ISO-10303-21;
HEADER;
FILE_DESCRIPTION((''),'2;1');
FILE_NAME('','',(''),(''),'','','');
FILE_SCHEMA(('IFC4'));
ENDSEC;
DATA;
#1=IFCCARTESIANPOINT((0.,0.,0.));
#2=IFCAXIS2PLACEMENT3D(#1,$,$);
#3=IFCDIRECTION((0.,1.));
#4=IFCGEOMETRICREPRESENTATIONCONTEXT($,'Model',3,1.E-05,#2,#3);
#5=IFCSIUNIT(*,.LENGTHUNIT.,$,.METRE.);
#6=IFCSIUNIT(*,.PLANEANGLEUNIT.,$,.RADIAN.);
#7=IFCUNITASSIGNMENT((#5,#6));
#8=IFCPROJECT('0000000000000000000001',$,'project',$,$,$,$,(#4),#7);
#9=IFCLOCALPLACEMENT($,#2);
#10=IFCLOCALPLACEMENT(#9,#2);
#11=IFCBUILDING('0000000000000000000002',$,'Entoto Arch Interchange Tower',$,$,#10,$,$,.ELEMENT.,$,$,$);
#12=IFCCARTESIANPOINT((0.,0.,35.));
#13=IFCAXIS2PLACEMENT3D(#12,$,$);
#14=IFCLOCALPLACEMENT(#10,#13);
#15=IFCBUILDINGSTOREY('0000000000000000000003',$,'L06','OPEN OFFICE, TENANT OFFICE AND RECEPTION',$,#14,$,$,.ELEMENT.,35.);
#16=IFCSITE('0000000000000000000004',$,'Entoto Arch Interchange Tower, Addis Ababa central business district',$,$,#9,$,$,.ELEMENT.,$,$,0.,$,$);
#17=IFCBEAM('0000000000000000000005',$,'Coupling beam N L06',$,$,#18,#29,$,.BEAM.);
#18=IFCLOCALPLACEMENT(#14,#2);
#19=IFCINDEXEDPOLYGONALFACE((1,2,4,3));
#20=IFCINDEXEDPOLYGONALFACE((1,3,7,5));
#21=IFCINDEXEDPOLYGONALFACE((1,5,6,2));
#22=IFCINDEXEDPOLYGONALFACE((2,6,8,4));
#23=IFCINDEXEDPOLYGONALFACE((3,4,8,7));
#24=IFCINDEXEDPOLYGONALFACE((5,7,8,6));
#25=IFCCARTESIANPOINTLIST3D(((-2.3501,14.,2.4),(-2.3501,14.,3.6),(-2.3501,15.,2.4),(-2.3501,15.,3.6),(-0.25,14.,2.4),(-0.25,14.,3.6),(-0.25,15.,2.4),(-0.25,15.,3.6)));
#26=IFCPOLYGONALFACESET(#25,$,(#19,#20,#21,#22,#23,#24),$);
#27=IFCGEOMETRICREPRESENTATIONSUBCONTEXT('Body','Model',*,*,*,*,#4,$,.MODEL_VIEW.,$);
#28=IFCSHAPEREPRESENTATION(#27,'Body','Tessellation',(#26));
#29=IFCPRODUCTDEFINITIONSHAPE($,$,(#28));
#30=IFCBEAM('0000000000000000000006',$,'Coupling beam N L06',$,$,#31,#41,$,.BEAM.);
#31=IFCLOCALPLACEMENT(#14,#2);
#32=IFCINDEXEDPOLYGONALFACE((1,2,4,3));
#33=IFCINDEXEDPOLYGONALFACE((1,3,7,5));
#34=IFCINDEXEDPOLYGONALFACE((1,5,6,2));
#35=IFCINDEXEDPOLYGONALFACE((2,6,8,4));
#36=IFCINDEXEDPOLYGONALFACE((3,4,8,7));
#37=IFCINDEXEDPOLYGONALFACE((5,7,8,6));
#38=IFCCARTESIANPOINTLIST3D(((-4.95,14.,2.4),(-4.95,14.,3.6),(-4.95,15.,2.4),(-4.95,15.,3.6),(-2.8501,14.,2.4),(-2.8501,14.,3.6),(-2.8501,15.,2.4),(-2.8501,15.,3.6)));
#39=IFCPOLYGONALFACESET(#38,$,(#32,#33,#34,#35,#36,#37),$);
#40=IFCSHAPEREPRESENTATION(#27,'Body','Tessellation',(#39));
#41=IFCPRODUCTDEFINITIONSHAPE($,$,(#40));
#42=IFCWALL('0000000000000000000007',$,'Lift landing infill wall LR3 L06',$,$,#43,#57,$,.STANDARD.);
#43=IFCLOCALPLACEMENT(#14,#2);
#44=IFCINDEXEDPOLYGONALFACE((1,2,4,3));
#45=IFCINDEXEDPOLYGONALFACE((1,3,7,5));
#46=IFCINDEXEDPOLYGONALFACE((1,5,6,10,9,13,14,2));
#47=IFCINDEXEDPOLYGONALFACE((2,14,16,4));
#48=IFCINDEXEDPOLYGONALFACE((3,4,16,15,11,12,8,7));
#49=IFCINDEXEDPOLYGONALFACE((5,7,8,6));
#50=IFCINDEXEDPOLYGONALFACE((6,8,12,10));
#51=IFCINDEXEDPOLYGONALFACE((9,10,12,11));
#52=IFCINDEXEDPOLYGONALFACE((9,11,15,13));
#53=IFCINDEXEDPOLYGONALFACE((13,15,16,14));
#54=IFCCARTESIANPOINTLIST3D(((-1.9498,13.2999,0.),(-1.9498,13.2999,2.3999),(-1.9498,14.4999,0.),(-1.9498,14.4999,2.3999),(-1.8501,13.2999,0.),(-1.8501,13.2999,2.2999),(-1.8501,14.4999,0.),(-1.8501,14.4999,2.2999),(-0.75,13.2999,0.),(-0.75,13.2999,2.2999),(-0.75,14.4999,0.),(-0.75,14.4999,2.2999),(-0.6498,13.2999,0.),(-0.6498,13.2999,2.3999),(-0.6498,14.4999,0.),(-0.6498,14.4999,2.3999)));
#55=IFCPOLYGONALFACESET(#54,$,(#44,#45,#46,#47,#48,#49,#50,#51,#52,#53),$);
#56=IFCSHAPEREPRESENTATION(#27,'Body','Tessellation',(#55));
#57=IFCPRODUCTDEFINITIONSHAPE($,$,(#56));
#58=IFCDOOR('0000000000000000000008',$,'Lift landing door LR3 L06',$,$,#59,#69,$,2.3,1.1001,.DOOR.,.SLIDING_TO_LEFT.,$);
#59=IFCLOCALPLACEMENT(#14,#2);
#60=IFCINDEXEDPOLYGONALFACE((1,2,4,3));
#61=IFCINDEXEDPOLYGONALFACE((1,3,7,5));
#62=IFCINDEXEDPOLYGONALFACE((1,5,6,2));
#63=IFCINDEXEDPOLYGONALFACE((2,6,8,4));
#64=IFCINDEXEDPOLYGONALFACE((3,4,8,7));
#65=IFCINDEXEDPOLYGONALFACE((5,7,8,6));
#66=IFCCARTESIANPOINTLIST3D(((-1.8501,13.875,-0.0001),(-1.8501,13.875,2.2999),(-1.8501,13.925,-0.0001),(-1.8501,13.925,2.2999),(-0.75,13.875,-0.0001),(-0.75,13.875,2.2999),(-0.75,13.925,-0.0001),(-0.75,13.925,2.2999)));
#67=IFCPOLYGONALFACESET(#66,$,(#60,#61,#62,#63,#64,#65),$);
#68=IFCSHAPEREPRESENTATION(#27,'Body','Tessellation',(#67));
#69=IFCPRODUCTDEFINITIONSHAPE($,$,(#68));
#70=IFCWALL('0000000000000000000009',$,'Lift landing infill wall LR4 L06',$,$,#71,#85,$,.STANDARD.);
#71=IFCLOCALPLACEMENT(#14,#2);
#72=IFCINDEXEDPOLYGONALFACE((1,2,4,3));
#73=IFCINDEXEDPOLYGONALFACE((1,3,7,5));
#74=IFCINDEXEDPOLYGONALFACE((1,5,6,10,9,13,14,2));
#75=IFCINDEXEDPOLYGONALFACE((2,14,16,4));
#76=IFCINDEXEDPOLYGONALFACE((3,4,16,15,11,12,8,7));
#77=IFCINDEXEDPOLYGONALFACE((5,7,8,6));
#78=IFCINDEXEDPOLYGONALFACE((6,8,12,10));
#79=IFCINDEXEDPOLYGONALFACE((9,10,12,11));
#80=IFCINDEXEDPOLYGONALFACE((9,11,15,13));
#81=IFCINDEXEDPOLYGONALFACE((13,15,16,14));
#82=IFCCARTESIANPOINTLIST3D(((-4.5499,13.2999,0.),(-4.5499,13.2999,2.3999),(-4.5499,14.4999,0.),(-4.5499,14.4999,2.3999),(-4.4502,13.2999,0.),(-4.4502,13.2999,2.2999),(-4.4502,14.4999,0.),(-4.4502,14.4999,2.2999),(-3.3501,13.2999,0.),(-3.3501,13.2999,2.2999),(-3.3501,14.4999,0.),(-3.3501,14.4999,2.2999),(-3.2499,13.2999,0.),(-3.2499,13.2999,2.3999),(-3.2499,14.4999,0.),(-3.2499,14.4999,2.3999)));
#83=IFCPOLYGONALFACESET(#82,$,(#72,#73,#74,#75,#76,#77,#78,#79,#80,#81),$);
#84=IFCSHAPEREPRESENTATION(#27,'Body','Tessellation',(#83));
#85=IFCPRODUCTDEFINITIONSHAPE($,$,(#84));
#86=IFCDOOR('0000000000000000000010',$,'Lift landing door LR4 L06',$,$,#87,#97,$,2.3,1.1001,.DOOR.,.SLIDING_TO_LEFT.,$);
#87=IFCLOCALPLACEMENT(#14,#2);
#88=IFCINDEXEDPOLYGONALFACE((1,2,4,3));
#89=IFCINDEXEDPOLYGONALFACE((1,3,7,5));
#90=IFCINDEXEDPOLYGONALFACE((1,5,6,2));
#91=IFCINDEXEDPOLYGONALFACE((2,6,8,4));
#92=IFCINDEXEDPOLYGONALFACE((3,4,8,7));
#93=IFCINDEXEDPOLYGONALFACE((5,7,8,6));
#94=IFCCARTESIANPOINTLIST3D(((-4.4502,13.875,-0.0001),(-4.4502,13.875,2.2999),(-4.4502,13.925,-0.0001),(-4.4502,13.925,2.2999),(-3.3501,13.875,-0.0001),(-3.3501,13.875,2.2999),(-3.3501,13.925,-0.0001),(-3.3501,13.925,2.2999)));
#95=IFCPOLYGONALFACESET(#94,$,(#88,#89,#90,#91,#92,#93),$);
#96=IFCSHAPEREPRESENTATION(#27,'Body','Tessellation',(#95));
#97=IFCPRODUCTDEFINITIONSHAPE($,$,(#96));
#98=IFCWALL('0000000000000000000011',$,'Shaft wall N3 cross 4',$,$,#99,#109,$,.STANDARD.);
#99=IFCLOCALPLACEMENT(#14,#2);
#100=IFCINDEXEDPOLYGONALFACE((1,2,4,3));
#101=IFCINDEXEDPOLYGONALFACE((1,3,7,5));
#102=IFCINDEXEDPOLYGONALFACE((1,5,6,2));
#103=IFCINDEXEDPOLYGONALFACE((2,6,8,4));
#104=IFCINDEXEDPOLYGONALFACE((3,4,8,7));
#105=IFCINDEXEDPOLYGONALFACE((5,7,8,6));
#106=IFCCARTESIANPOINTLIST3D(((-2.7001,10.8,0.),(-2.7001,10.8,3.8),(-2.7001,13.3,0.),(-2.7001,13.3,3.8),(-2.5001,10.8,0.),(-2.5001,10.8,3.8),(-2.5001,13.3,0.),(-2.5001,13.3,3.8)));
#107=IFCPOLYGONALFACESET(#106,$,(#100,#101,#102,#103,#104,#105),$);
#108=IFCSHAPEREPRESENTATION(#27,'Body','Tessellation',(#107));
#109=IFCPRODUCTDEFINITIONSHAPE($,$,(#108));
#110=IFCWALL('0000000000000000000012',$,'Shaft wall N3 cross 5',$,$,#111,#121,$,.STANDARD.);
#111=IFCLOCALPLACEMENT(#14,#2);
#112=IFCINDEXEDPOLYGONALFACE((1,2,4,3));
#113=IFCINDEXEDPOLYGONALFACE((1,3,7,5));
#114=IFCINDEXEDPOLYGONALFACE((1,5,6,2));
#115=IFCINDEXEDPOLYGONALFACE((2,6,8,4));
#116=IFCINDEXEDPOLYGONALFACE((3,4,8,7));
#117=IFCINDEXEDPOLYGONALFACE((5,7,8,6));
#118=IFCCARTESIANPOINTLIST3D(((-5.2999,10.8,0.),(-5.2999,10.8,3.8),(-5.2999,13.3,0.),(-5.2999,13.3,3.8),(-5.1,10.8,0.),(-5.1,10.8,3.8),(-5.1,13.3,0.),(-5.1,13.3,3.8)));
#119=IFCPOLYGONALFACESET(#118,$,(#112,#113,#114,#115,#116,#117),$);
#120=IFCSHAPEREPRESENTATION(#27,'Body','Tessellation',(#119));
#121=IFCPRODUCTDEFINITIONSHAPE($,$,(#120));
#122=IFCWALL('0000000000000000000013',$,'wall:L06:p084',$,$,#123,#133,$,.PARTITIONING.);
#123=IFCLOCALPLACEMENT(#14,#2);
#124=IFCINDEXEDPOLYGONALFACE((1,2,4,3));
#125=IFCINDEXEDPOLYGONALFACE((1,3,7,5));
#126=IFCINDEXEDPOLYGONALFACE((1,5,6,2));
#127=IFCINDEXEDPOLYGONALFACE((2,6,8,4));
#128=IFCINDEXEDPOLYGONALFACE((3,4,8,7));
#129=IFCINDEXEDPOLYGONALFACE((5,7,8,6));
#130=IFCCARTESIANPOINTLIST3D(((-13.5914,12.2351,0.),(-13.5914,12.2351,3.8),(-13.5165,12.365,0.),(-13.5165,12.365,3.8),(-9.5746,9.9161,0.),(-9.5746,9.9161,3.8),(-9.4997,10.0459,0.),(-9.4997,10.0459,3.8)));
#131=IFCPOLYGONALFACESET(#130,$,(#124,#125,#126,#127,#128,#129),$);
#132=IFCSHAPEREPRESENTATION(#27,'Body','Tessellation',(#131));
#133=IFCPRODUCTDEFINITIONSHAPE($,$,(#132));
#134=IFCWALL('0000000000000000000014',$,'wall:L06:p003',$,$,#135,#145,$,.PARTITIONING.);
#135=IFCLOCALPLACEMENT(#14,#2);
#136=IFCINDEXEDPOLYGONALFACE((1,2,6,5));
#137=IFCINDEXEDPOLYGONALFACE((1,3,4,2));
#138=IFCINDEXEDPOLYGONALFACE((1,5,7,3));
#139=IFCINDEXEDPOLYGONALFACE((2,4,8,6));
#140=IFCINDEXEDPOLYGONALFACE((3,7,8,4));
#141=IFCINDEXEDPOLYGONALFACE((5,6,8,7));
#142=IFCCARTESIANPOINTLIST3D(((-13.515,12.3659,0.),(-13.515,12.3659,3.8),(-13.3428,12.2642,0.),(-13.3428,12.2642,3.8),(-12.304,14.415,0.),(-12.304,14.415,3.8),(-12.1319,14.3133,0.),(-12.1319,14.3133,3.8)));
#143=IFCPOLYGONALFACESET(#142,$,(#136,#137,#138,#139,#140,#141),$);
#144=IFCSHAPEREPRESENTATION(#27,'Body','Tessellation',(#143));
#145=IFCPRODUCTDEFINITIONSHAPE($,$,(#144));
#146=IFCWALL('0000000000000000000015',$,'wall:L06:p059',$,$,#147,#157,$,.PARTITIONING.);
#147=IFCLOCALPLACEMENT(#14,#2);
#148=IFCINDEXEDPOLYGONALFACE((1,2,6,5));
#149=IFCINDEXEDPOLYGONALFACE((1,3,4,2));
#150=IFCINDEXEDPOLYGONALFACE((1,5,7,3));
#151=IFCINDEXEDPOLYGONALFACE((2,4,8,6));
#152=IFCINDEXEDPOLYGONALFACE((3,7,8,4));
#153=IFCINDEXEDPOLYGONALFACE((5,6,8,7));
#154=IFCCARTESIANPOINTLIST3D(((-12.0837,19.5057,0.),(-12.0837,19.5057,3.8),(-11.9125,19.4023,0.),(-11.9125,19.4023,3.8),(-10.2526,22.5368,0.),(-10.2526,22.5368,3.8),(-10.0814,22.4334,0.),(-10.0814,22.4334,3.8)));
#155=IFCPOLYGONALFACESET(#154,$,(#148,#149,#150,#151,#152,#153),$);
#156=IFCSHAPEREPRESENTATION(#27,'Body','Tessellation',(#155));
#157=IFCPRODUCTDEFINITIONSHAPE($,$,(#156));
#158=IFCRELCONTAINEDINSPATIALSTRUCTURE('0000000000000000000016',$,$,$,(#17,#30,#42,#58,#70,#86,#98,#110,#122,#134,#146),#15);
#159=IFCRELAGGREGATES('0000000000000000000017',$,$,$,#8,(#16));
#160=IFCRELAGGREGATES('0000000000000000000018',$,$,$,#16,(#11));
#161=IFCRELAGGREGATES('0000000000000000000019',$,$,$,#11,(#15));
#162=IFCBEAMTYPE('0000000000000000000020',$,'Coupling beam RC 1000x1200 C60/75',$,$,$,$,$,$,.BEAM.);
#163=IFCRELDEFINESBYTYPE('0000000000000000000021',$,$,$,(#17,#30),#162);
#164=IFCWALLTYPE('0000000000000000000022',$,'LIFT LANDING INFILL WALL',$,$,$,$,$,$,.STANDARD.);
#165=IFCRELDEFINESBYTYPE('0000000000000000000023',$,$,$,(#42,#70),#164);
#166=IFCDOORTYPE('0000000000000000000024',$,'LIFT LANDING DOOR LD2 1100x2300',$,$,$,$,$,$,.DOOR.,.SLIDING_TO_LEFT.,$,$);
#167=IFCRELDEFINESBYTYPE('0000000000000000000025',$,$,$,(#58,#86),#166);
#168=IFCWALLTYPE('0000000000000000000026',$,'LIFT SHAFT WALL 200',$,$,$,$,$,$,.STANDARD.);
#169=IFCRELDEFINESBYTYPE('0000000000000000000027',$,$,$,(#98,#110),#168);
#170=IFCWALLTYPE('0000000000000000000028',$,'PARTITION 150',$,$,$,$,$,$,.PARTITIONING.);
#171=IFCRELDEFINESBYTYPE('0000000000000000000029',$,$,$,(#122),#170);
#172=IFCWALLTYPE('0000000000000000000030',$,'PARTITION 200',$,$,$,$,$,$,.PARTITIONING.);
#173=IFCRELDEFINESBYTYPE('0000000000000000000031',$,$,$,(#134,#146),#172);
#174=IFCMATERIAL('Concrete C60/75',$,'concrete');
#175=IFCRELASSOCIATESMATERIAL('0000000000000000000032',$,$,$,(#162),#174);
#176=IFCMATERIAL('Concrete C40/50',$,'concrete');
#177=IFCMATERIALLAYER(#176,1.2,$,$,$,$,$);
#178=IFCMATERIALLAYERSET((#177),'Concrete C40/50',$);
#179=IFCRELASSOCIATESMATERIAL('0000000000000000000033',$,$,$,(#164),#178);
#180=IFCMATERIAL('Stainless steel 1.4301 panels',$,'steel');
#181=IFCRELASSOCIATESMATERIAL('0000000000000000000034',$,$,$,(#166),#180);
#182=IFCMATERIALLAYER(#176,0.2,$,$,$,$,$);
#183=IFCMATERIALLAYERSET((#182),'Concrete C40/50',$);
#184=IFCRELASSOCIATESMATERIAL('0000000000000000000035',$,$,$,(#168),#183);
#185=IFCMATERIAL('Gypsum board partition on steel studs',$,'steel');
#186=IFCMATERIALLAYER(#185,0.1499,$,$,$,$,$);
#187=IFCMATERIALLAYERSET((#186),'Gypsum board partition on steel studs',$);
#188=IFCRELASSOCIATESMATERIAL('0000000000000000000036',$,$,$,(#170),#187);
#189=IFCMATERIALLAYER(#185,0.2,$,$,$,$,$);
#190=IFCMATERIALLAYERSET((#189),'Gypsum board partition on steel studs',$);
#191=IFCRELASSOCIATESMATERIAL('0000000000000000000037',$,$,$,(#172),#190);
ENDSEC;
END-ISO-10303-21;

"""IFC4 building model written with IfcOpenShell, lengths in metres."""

from ifc_helpers import new_model, si_unit, direction, frame, frame_2d, origin, origin_2d, place, context, subcontext, project, spatial, rectangle, extrude, material, layer, layer_set, material_profile, profile_set, type_object, element, fill, save


model = new_model("IFC4")

# Units and contexts
model_context = context("Model", 3, precision=1e-05, world=origin(), true_north=direction((0.0, 1.0)))
body_context = subcontext(model_context, "Body", "Model", "MODEL_VIEW")
ifc_project = project(units=[si_unit("LENGTHUNIT", "METRE"), si_unit("PLANEANGLEUNIT", "RADIAN")], contexts=[model_context])

# Site, building, storey
site_placement = place(None, origin())
site = spatial("IfcSite", under=ifc_project, at=site_placement, Name="Entoto Arch Interchange Tower, Addis Ababa central business district", CompositionType="ELEMENT", RefElevation=0.0)
building_placement = place(site_placement, origin())
building = spatial("IfcBuilding", under=site, at=building_placement, Name="Entoto Arch Interchange Tower", CompositionType="ELEMENT")
storey_placement = place(building_placement, frame((0.0, 0.0, 35.0)))
storey = spatial("IfcBuildingStorey", under=building, at=storey_placement, Name="L06", Description="OPEN OFFICE, TENANT OFFICE AND RECEPTION", CompositionType="ELEMENT", Elevation=35.0)

# Beams
ifc_material_1 = material(Name="Concrete C60/75", Category="concrete")
ifc_material_profile = material_profile(ifc_material_1, rectangle(XDim=1.0, YDim=1.2, at=origin_2d()))
ifc_profile_set = profile_set([ifc_material_profile], Name="Concrete C60/75")
beam_type = type_object("IfcBeamType", Name="Coupling beam RC 1000x1200 C60/75", PredefinedType="BEAM", material=ifc_profile_set)
beam_1_placement = place(storey_placement, frame((-0.25, 14.5, 3.0), z_axis=(-1.0, 0.0, 0.0), x_axis=(0.0, -1.0, 0.0)))
element("IfcBeam", 1, at=beam_1_placement, inside=storey, type_object=beam_type, Name="Coupling beam N L06", PredefinedType="BEAM", context=body_context, shape_type="SweptSolid", body=[
    extrude(rectangle(XDim=1.0, YDim=1.2, at=origin_2d()), origin(), (0.0, 0.0, 1.0), 2.1001),
])
beam_2_placement = place(storey_placement, frame((-2.8501, 14.5, 3.0), z_axis=(-1.0, 0.0, 0.0), x_axis=(0.0, -1.0, 0.0)))
element("IfcBeam", 2, at=beam_2_placement, inside=storey, type_object=beam_type, Name="Coupling beam N L06", PredefinedType="BEAM", context=body_context, shape_type="SweptSolid", body=[
    extrude(rectangle(XDim=1.0, YDim=1.2, at=origin_2d()), origin(), (0.0, 0.0, 1.0), 2.0999),
])

# Walls, openings, doors
ifc_material_2 = material(Name="Concrete C40/50", Category="concrete")
ifc_layer_1 = layer(ifc_material_2, 1.2)
ifc_layer_set_1 = layer_set([ifc_layer_1], Name="Concrete C40/50")
wall_type_1 = type_object("IfcWallType", Name="LIFT LANDING INFILL WALL", PredefinedType="STANDARD", material=ifc_layer_set_1)
wall_1_placement = place(storey_placement, frame((-0.6499, 13.8999, 0.0), z_axis=(0.0, 0.0, 1.0), x_axis=(-1.0, 0.0, 0.0)))
wall_1 = element("IfcWall", 3, at=wall_1_placement, inside=storey, type_object=wall_type_1, Name="Lift landing infill wall LR3 L06", PredefinedType="STANDARD", context=body_context, shape_type="SweptSolid", body=[
    extrude(rectangle(XDim=1.3, YDim=1.2, at=frame_2d((0.6499, 0.0))), origin(), (0.0, 0.0, 1.0), 2.3999),
])
opening_1_placement = place(wall_1_placement, frame((0.1001, 0.0, 0.0)))
opening_1 = element("IfcOpeningElement", 4, at=opening_1_placement, cuts=wall_1, PredefinedType="OPENING", context=body_context, shape_type="SweptSolid", body=[
    extrude(rectangle(XDim=1.1001, YDim=2.3, at=frame_2d((0.55, 1.1499))), frame((0.0, 0.6099, 0.0), z_axis=(0.0, -1.0, 0.0), x_axis=(1.0, 0.0, 0.0)), (0.0, 0.0, 1.0), 1.22),
])
ifc_material_3 = material(Name="Stainless steel 1.4301 panels", Category="steel")
door_type_1 = type_object("IfcDoorType", Name="LIFT LANDING DOOR LD2 1100x2300", OperationType="SLIDING_TO_LEFT", PredefinedType="DOOR", material=ifc_material_3)
door_1_placement = place(opening_1_placement, origin())
door_1 = element("IfcDoor", 5, at=door_1_placement, inside=storey, type_object=door_type_1, Name="Lift landing door LR3 L06", OperationType="SLIDING_TO_LEFT", OverallHeight=2.3, OverallWidth=1.1001, PredefinedType="DOOR", context=body_context, shape_type="SweptSolid", body=[
    extrude(rectangle(XDim=1.1001, YDim=2.3, at=frame_2d((0.55, 1.1499))), frame((0.0, 0.0249, 0.0), z_axis=(0.0, -1.0, 0.0), x_axis=(1.0, 0.0, 0.0)), (0.0, 0.0, 1.0), 0.05),
])
fill(opening_1, door_1)
wall_2_placement = place(storey_placement, frame((-3.25, 13.8999, 0.0), z_axis=(0.0, 0.0, 1.0), x_axis=(-1.0, 0.0, 0.0)))
wall_2 = element("IfcWall", 6, at=wall_2_placement, inside=storey, type_object=wall_type_1, Name="Lift landing infill wall LR4 L06", PredefinedType="STANDARD", context=body_context, shape_type="SweptSolid", body=[
    extrude(rectangle(XDim=1.3, YDim=1.2, at=frame_2d((0.6499, 0.0))), origin(), (0.0, 0.0, 1.0), 2.3999),
])
opening_2_placement = place(wall_2_placement, frame((0.1001, 0.0, 0.0)))
opening_2 = element("IfcOpeningElement", 7, at=opening_2_placement, cuts=wall_2, PredefinedType="OPENING", context=body_context, shape_type="SweptSolid", body=[
    extrude(rectangle(XDim=1.1001, YDim=2.3, at=frame_2d((0.55, 1.1499))), frame((0.0, 0.6099, 0.0), z_axis=(0.0, -1.0, 0.0), x_axis=(1.0, 0.0, 0.0)), (0.0, 0.0, 1.0), 1.22),
])
door_2_placement = place(opening_2_placement, origin())
door_2 = element("IfcDoor", 8, at=door_2_placement, inside=storey, type_object=door_type_1, Name="Lift landing door LR4 L06", OperationType="SLIDING_TO_LEFT", OverallHeight=2.3, OverallWidth=1.1001, PredefinedType="DOOR", context=body_context, shape_type="SweptSolid", body=[
    extrude(rectangle(XDim=1.1001, YDim=2.3, at=frame_2d((0.55, 1.1499))), frame((0.0, 0.0249, 0.0), z_axis=(0.0, -1.0, 0.0), x_axis=(1.0, 0.0, 0.0)), (0.0, 0.0, 1.0), 0.05),
])
fill(opening_2, door_2)

# Walls
ifc_layer_2 = layer(ifc_material_2, 0.2)
ifc_layer_set_2 = layer_set([ifc_layer_2], Name="Concrete C40/50")
wall_type_2 = type_object("IfcWallType", Name="LIFT SHAFT WALL 200", PredefinedType="STANDARD", material=ifc_layer_set_2)
for number, where, z_axis, x_axis, name in (
    (9, (-2.6001, 10.8, 0.0), (0.0, 0.0, 1.0), (0.0, 1.0, 0.0), "Shaft wall N3 cross 4"),
    (10, (-5.2, 10.8, 0.0), (0.0, 0.0, 1.0), (0.0, 1.0, 0.0), "Shaft wall N3 cross 5"),
):
    element("IfcWall", number, at=place(storey_placement, frame(where, z_axis=z_axis, x_axis=x_axis)), inside=storey, type_object=wall_type_2, Name=name, PredefinedType="STANDARD", context=body_context, shape_type="SweptSolid", body=[
        extrude(rectangle(XDim=2.5, YDim=0.2, at=frame_2d((1.25, 0.0))), origin(), (0.0, 0.0, 1.0), 3.8),
    ])
ifc_material_4 = material(Name="Gypsum board partition on steel studs", Category="steel")
ifc_layer_3 = layer(ifc_material_4, 0.1499)
ifc_layer_set_3 = layer_set([ifc_layer_3], Name="Gypsum board partition on steel studs")
wall_type_3 = type_object("IfcWallType", Name="PARTITION 150", PredefinedType="PARTITIONING", material=ifc_layer_set_3)
wall_3_placement = place(storey_placement, frame((-13.554, 12.3, 0.0), z_axis=(0.0, 0.0, 1.0), x_axis=(0.866029, -0.499994, 0.0)))
element("IfcWall", 11, at=wall_3_placement, inside=storey, type_object=wall_type_3, Name="wall:L06:p084", PredefinedType="PARTITIONING", context=body_context, shape_type="SweptSolid", body=[
    extrude(rectangle(XDim=4.6382, YDim=0.1499, at=frame_2d((2.3191, 0.0))), origin(), (0.0, 0.0, 1.0), 3.8),
])
ifc_layer_4 = layer(ifc_material_4, 0.2)
ifc_layer_set_4 = layer_set([ifc_layer_4], Name="Gypsum board partition on steel studs")
wall_type_4 = type_object("IfcWallType", Name="PARTITION 200", PredefinedType="PARTITIONING", material=ifc_layer_set_4)
wall_4_placement = place(storey_placement, frame((-12.218, 14.364, 0.0), z_axis=(0.0, 0.0, 1.0), x_axis=(-0.508767, -0.860904, 0.0)))
element("IfcWall", 12, at=wall_4_placement, inside=storey, type_object=wall_type_4, Name="wall:L06:p003", PredefinedType="PARTITIONING", context=body_context, shape_type="SweptSolid", body=[
    extrude(rectangle(XDim=2.3801, YDim=0.2, at=frame_2d((1.1899, 0.0))), origin(), (0.0, 0.0, 1.0), 3.8),
])
wall_5_placement = place(storey_placement, frame((-11.998, 19.4541, 0.0), z_axis=(0.0, 0.0, 1.0), x_axis=(0.517079, 0.855938, 0.0)))
element("IfcWall", 13, at=wall_5_placement, inside=storey, type_object=wall_type_4, Name="wall:L06:p059", PredefinedType="PARTITIONING", context=body_context, shape_type="SweptSolid", body=[
    extrude(rectangle(XDim=3.5413, YDim=0.2, at=frame_2d((1.7705, 0.0))), origin(), (0.0, 0.0, 1.0), 3.8),
])

save(model, "model.ifc")
